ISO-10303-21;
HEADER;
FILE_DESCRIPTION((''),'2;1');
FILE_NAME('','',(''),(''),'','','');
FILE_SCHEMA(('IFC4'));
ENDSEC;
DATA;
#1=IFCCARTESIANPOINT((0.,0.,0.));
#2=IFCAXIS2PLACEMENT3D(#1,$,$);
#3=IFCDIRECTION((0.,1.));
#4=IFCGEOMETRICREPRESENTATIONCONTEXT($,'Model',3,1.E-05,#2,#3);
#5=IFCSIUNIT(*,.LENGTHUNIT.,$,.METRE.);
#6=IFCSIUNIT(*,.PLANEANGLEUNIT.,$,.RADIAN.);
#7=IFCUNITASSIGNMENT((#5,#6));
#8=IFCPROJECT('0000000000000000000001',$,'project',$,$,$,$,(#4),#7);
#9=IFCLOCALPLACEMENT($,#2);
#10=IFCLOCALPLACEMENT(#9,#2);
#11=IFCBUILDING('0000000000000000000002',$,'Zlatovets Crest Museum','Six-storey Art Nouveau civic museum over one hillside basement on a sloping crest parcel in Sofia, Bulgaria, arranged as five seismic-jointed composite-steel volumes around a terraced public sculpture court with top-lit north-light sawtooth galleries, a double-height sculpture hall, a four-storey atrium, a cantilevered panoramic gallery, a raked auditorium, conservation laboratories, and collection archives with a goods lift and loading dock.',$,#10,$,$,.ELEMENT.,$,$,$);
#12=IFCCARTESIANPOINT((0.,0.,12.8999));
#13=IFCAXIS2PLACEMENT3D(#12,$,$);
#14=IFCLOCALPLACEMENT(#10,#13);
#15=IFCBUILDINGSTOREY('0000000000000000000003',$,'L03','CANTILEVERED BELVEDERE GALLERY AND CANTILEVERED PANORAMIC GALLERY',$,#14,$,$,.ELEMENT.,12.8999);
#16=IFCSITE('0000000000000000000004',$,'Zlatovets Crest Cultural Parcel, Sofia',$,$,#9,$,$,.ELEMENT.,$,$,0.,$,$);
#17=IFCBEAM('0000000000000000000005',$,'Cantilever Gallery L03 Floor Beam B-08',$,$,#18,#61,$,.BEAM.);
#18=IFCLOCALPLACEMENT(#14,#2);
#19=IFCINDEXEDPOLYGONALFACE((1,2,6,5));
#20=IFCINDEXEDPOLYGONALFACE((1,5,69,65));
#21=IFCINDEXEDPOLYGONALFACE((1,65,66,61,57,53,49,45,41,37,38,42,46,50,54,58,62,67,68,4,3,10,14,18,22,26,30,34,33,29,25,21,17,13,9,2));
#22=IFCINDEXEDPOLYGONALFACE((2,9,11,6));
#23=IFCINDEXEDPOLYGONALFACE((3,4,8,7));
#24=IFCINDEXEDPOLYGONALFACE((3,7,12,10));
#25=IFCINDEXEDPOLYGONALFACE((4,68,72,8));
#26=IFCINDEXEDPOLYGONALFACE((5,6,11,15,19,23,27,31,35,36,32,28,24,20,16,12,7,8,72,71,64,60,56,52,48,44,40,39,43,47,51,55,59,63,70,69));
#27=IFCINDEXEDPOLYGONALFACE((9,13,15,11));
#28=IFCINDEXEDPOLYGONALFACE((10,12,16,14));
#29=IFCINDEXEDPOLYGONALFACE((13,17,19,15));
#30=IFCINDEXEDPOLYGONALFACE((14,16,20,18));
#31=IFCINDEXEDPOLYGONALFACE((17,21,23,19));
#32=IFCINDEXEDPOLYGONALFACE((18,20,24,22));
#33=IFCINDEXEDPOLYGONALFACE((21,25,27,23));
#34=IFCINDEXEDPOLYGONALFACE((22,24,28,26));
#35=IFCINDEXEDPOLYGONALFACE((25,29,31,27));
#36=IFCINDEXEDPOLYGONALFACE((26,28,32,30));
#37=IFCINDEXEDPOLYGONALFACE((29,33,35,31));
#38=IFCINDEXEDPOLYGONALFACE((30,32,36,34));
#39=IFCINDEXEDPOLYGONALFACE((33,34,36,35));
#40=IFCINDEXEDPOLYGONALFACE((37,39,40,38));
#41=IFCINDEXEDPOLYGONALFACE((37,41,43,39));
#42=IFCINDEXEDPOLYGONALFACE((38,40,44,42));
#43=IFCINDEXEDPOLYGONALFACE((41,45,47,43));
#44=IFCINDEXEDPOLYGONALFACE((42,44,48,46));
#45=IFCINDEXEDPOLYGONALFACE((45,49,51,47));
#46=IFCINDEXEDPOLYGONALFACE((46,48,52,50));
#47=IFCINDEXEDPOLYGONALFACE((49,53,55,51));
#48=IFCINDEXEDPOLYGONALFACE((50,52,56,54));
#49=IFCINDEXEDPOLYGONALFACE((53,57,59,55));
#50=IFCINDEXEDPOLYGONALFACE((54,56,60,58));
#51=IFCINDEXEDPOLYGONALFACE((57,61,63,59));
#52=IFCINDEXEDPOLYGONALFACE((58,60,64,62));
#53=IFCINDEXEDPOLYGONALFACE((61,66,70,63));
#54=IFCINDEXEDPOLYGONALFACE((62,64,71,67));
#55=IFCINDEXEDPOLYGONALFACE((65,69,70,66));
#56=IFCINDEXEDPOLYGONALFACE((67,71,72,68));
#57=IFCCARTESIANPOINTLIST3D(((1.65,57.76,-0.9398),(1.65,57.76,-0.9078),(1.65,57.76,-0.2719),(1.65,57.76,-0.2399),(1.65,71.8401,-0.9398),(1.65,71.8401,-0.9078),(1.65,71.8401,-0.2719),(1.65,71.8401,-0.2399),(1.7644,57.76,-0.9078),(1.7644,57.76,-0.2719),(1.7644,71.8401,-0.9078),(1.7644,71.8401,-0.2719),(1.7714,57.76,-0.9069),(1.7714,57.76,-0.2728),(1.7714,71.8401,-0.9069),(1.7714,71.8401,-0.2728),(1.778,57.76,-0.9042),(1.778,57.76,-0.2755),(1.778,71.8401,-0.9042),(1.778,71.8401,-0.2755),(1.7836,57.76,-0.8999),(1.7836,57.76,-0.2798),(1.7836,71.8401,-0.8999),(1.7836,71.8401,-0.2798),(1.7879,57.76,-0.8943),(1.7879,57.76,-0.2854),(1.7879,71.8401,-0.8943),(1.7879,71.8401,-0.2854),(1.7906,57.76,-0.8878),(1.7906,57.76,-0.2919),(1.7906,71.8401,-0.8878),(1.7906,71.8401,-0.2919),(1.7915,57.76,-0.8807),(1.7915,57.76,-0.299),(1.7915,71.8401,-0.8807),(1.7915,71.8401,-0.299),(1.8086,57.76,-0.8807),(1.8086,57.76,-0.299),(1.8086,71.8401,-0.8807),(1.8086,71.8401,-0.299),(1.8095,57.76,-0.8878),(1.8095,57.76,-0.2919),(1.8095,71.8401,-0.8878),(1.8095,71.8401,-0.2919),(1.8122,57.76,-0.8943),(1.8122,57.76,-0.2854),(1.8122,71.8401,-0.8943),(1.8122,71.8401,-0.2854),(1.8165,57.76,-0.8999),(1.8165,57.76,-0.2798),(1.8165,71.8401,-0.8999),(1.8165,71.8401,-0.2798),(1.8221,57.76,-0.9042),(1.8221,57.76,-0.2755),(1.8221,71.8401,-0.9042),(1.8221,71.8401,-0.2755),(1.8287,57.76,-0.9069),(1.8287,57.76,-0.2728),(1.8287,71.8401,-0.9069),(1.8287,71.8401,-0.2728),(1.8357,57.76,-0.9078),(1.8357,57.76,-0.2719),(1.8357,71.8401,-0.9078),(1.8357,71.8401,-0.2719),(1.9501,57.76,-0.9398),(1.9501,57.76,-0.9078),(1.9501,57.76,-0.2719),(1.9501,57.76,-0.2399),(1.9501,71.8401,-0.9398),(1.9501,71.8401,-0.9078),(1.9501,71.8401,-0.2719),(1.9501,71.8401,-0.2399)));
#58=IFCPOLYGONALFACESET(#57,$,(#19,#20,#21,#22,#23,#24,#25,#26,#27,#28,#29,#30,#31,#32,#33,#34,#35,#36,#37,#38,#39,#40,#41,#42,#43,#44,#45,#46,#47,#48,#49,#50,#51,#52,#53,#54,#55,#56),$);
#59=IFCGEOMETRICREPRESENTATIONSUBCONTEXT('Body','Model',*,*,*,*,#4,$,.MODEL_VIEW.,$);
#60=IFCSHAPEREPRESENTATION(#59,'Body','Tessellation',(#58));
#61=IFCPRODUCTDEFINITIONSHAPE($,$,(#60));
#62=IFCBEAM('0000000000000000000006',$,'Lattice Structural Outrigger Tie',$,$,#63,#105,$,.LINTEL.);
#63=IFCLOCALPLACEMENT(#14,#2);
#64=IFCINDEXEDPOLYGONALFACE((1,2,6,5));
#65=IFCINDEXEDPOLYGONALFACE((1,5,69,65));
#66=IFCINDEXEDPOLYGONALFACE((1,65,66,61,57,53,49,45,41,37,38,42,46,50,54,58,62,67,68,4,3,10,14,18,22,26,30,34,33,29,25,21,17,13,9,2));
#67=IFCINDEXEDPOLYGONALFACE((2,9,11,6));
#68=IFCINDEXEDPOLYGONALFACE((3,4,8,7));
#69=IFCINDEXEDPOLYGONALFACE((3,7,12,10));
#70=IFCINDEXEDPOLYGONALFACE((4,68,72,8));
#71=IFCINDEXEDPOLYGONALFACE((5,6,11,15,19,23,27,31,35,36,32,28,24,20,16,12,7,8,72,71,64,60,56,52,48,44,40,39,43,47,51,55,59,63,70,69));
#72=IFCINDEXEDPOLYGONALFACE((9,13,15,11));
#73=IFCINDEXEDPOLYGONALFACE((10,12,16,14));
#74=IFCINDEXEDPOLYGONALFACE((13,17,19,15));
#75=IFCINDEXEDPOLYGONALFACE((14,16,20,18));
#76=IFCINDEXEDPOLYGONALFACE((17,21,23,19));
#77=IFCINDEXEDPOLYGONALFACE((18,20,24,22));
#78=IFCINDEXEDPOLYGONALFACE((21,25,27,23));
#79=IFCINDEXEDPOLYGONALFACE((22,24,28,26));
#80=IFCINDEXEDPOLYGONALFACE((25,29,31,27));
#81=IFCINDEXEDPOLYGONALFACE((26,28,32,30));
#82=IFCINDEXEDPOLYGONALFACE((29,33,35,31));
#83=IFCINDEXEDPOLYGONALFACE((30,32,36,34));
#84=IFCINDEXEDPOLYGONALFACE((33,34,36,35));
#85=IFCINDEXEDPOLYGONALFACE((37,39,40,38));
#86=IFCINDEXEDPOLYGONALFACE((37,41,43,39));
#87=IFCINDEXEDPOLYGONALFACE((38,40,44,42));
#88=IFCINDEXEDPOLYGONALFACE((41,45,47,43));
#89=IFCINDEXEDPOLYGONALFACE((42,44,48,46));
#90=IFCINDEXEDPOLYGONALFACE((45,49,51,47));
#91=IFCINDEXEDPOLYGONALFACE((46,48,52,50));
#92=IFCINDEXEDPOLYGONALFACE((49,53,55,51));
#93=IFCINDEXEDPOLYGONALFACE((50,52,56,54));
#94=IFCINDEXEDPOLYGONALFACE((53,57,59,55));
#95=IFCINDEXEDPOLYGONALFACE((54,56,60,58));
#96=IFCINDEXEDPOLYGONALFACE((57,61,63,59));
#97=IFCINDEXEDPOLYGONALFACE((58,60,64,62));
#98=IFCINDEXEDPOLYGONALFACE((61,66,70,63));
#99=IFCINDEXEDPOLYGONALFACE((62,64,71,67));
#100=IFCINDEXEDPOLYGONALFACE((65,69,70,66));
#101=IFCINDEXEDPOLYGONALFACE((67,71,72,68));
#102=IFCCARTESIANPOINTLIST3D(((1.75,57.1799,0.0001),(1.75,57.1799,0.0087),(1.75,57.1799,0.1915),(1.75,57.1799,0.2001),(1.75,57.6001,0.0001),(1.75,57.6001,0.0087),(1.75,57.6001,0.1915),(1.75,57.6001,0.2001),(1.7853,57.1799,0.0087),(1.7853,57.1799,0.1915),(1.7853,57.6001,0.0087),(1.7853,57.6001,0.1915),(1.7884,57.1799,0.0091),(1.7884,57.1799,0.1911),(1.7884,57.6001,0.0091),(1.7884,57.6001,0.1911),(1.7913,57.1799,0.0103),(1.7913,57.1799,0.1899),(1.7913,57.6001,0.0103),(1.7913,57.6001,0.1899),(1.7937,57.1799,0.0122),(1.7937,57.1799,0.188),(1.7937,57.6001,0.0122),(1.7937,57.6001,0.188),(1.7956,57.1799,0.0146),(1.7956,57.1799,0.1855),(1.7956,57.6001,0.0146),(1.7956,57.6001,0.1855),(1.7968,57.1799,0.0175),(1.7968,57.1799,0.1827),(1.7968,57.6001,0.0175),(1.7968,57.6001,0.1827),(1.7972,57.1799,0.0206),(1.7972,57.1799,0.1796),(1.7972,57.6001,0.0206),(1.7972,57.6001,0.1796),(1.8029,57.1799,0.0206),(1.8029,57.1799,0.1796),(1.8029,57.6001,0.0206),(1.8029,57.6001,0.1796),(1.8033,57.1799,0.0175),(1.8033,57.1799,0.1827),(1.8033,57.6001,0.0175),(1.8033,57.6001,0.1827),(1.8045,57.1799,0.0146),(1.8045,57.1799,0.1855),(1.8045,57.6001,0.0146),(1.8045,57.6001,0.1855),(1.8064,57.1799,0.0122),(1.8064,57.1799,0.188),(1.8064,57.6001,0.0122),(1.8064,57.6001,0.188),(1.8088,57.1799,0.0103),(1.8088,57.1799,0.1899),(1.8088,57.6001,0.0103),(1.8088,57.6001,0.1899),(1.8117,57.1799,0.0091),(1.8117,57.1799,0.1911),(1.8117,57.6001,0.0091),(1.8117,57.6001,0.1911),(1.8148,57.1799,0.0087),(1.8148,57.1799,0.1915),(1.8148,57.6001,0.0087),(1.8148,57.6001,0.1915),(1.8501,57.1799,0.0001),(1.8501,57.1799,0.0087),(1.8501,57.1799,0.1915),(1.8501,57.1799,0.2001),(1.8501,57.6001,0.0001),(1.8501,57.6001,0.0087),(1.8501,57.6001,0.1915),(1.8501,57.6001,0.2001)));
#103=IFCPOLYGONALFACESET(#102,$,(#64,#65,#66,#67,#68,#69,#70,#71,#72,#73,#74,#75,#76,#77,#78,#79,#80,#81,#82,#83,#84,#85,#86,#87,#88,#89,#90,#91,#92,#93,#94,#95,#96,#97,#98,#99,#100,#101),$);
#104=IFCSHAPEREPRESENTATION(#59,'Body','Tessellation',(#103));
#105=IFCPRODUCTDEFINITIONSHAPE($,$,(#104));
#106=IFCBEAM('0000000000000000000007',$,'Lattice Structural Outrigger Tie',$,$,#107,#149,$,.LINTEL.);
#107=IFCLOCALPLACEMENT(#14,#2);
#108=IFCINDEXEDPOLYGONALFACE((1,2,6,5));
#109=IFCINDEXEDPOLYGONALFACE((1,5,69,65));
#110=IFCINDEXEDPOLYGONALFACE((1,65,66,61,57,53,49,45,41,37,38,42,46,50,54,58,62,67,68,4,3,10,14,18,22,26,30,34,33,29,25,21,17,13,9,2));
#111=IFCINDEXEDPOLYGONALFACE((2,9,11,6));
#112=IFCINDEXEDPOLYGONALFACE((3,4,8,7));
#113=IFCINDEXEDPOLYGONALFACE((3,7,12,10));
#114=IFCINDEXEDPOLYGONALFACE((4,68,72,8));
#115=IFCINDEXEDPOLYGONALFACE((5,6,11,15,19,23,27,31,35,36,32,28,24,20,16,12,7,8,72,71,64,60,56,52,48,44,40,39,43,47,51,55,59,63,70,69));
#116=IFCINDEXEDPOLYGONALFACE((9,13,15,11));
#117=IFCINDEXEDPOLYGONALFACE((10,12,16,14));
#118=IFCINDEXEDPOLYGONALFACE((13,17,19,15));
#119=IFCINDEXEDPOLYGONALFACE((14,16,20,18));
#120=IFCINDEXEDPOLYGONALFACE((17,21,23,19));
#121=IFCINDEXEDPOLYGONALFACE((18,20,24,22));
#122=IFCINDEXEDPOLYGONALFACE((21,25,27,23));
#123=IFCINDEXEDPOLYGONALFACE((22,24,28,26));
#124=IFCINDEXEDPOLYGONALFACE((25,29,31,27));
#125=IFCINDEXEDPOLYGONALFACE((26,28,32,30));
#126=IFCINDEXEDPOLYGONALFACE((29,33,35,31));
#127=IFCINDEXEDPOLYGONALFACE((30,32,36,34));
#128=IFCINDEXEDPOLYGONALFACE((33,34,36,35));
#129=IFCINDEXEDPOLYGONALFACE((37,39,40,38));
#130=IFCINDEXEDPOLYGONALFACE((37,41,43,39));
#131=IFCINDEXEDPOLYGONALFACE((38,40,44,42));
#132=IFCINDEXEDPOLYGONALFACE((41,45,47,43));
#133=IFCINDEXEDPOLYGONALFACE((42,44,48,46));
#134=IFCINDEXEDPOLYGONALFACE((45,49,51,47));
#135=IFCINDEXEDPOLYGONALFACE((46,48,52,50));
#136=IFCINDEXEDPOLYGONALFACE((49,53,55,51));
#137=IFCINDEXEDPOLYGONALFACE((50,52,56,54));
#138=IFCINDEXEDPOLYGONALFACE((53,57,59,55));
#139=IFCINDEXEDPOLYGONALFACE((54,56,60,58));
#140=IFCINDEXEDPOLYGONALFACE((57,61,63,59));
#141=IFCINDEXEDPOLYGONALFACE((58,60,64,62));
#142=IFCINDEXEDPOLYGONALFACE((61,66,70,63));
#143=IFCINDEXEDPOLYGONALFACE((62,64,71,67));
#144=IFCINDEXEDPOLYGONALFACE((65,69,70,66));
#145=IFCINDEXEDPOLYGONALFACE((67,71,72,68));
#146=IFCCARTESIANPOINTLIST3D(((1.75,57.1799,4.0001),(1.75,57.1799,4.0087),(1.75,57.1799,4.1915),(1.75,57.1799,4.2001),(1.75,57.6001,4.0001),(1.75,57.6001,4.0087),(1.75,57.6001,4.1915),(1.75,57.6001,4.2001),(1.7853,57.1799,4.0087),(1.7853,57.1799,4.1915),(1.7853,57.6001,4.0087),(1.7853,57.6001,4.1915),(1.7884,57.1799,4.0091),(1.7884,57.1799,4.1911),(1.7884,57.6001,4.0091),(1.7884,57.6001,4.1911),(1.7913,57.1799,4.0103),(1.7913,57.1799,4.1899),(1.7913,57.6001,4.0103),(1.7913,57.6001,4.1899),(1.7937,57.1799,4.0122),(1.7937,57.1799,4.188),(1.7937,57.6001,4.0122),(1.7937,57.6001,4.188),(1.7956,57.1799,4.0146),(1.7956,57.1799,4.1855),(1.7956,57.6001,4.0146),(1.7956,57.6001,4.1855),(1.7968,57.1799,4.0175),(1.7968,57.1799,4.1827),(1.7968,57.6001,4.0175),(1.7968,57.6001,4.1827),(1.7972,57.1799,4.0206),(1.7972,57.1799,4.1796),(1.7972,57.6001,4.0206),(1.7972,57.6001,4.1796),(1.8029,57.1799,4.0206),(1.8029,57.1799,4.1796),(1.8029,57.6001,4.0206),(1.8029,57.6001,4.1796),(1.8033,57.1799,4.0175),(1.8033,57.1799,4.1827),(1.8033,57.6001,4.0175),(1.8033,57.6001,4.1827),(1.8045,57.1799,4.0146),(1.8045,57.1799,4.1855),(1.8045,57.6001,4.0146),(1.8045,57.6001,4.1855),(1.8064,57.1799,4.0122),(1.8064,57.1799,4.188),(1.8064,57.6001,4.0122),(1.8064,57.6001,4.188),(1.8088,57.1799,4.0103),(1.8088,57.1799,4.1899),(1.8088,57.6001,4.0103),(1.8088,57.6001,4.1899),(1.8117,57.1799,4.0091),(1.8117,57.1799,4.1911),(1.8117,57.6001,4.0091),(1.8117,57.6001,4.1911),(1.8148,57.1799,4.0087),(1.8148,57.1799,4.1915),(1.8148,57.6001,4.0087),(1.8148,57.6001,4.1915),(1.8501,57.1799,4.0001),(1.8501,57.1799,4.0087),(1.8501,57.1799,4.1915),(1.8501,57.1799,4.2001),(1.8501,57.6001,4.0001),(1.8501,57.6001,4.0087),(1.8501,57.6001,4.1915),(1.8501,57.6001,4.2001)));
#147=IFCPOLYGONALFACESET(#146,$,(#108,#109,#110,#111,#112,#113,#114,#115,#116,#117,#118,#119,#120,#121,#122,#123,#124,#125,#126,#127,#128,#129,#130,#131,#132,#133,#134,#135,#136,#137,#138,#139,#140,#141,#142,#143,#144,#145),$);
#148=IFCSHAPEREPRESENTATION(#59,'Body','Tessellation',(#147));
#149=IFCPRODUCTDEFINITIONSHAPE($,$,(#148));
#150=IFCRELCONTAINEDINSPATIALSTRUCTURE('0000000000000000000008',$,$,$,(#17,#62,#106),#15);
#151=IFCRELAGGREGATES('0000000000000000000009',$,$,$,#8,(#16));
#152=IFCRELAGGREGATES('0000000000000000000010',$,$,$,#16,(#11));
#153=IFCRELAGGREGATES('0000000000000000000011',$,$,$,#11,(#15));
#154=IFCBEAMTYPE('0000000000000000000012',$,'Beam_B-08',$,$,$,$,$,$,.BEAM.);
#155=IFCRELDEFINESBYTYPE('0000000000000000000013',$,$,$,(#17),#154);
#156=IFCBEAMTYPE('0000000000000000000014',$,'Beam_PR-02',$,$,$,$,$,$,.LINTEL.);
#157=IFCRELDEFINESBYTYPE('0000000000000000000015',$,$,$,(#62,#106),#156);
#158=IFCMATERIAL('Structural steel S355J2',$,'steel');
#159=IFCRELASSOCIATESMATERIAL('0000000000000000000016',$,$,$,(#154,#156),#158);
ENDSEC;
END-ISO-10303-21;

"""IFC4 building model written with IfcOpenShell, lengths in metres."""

from ifc_helpers import new_model, si_unit, direction, frame, origin, origin_2d, place, context, subcontext, project, spatial, i_section, extrude, material, material_profile, profile_set, type_object, element, save


model = new_model("IFC4")

# Units and contexts
model_context = context("Model", 3, precision=1e-05, world=origin(), true_north=direction((0.0, 1.0)))
body_context = subcontext(model_context, "Body", "Model", "MODEL_VIEW")
ifc_project = project(units=[si_unit("LENGTHUNIT", "METRE"), si_unit("PLANEANGLEUNIT", "RADIAN")], contexts=[model_context])

# Site, building, storey
site_placement = place(None, origin())
site = spatial("IfcSite", under=ifc_project, at=site_placement, Name="Zlatovets Crest Cultural Parcel, Sofia", CompositionType="ELEMENT", RefElevation=0.0)
building_placement = place(site_placement, origin())
building = spatial("IfcBuilding", under=site, at=building_placement, Name="Zlatovets Crest Museum", Description="Six-storey Art Nouveau civic museum over one hillside basement on a sloping crest parcel in Sofia, Bulgaria, arranged as five seismic-jointed composite-steel volumes around a terraced public sculpture court with top-lit north-light sawtooth galleries, a double-height sculpture hall, a four-storey atrium, a cantilevered panoramic gallery, a raked auditorium, conservation laboratories, and collection archives with a goods lift and loading dock.", CompositionType="ELEMENT")
storey_placement = place(building_placement, frame((0.0, 0.0, 12.8999)))
storey = spatial("IfcBuildingStorey", under=building, at=storey_placement, Name="L03", Description="CANTILEVERED BELVEDERE GALLERY AND CANTILEVERED PANORAMIC GALLERY", CompositionType="ELEMENT", Elevation=12.8999)

# Beams
ifc_material_1 = material(Name="Structural steel S355J2", Category="steel")
ifc_material_profile_1 = material_profile(ifc_material_1, i_section(OverallWidth=0.3, OverallDepth=0.7, WebThickness=0.0171, FlangeThickness=0.032, FilletRadius=0.0271, at=origin_2d()), Name="HEB 700")
ifc_profile_set_1 = profile_set([ifc_material_profile_1], Name="Structural steel S355J2")
beam_type_1 = type_object("IfcBeamType", Name="Beam_B-08", PredefinedType="BEAM", material=ifc_profile_set_1)
beam_placement = place(storey_placement, frame((1.8, 57.76, -0.5898), z_axis=(0.0, 1.0, 0.0), x_axis=(-1.0, 0.0, 0.0)))
element("IfcBeam", 1, at=beam_placement, inside=storey, type_object=beam_type_1, Name="Cantilever Gallery L03 Floor Beam B-08", PredefinedType="BEAM", context=body_context, shape_type="SweptSolid", body=[
    extrude(i_section(OverallWidth=0.3, OverallDepth=0.7, WebThickness=0.0171, FlangeThickness=0.032, FilletRadius=0.0271, at=origin_2d()), origin(), (0.0, 0.0, 1.0), 14.0801),
])
ifc_material_profile_2 = material_profile(ifc_material_1, i_section(OverallWidth=0.1001, OverallDepth=0.2, WebThickness=0.0056, FlangeThickness=0.0085, FilletRadius=0.012, at=origin_2d()), Name="IPE 200")
ifc_profile_set_2 = profile_set([ifc_material_profile_2], Name="Structural steel S355J2")
beam_type_2 = type_object("IfcBeamType", Name="Beam_PR-02", PredefinedType="LINTEL", material=ifc_profile_set_2)
for number, where, z_axis, x_axis, name in (
    (2, (1.8, 57.6001, 0.1001), (0.0, -1.0, 0.0), (1.0, 0.0, 0.0), "Lattice Structural Outrigger Tie"),
    (3, (1.8, 57.6001, 4.1001), (0.0, -1.0, 0.0), (1.0, 0.0, 0.0), "Lattice Structural Outrigger Tie"),
):
    element("IfcBeam", number, at=place(storey_placement, frame(where, z_axis=z_axis, x_axis=x_axis)), inside=storey, type_object=beam_type_2, Name=name, PredefinedType="LINTEL", context=body_context, shape_type="SweptSolid", body=[
        extrude(i_section(OverallWidth=0.1001, OverallDepth=0.2, WebThickness=0.0056, FlangeThickness=0.0085, FilletRadius=0.012, at=origin_2d()), origin(), (0.0, 0.0, 1.0), 0.4202),
    ])

save(model, "model.ifc")
